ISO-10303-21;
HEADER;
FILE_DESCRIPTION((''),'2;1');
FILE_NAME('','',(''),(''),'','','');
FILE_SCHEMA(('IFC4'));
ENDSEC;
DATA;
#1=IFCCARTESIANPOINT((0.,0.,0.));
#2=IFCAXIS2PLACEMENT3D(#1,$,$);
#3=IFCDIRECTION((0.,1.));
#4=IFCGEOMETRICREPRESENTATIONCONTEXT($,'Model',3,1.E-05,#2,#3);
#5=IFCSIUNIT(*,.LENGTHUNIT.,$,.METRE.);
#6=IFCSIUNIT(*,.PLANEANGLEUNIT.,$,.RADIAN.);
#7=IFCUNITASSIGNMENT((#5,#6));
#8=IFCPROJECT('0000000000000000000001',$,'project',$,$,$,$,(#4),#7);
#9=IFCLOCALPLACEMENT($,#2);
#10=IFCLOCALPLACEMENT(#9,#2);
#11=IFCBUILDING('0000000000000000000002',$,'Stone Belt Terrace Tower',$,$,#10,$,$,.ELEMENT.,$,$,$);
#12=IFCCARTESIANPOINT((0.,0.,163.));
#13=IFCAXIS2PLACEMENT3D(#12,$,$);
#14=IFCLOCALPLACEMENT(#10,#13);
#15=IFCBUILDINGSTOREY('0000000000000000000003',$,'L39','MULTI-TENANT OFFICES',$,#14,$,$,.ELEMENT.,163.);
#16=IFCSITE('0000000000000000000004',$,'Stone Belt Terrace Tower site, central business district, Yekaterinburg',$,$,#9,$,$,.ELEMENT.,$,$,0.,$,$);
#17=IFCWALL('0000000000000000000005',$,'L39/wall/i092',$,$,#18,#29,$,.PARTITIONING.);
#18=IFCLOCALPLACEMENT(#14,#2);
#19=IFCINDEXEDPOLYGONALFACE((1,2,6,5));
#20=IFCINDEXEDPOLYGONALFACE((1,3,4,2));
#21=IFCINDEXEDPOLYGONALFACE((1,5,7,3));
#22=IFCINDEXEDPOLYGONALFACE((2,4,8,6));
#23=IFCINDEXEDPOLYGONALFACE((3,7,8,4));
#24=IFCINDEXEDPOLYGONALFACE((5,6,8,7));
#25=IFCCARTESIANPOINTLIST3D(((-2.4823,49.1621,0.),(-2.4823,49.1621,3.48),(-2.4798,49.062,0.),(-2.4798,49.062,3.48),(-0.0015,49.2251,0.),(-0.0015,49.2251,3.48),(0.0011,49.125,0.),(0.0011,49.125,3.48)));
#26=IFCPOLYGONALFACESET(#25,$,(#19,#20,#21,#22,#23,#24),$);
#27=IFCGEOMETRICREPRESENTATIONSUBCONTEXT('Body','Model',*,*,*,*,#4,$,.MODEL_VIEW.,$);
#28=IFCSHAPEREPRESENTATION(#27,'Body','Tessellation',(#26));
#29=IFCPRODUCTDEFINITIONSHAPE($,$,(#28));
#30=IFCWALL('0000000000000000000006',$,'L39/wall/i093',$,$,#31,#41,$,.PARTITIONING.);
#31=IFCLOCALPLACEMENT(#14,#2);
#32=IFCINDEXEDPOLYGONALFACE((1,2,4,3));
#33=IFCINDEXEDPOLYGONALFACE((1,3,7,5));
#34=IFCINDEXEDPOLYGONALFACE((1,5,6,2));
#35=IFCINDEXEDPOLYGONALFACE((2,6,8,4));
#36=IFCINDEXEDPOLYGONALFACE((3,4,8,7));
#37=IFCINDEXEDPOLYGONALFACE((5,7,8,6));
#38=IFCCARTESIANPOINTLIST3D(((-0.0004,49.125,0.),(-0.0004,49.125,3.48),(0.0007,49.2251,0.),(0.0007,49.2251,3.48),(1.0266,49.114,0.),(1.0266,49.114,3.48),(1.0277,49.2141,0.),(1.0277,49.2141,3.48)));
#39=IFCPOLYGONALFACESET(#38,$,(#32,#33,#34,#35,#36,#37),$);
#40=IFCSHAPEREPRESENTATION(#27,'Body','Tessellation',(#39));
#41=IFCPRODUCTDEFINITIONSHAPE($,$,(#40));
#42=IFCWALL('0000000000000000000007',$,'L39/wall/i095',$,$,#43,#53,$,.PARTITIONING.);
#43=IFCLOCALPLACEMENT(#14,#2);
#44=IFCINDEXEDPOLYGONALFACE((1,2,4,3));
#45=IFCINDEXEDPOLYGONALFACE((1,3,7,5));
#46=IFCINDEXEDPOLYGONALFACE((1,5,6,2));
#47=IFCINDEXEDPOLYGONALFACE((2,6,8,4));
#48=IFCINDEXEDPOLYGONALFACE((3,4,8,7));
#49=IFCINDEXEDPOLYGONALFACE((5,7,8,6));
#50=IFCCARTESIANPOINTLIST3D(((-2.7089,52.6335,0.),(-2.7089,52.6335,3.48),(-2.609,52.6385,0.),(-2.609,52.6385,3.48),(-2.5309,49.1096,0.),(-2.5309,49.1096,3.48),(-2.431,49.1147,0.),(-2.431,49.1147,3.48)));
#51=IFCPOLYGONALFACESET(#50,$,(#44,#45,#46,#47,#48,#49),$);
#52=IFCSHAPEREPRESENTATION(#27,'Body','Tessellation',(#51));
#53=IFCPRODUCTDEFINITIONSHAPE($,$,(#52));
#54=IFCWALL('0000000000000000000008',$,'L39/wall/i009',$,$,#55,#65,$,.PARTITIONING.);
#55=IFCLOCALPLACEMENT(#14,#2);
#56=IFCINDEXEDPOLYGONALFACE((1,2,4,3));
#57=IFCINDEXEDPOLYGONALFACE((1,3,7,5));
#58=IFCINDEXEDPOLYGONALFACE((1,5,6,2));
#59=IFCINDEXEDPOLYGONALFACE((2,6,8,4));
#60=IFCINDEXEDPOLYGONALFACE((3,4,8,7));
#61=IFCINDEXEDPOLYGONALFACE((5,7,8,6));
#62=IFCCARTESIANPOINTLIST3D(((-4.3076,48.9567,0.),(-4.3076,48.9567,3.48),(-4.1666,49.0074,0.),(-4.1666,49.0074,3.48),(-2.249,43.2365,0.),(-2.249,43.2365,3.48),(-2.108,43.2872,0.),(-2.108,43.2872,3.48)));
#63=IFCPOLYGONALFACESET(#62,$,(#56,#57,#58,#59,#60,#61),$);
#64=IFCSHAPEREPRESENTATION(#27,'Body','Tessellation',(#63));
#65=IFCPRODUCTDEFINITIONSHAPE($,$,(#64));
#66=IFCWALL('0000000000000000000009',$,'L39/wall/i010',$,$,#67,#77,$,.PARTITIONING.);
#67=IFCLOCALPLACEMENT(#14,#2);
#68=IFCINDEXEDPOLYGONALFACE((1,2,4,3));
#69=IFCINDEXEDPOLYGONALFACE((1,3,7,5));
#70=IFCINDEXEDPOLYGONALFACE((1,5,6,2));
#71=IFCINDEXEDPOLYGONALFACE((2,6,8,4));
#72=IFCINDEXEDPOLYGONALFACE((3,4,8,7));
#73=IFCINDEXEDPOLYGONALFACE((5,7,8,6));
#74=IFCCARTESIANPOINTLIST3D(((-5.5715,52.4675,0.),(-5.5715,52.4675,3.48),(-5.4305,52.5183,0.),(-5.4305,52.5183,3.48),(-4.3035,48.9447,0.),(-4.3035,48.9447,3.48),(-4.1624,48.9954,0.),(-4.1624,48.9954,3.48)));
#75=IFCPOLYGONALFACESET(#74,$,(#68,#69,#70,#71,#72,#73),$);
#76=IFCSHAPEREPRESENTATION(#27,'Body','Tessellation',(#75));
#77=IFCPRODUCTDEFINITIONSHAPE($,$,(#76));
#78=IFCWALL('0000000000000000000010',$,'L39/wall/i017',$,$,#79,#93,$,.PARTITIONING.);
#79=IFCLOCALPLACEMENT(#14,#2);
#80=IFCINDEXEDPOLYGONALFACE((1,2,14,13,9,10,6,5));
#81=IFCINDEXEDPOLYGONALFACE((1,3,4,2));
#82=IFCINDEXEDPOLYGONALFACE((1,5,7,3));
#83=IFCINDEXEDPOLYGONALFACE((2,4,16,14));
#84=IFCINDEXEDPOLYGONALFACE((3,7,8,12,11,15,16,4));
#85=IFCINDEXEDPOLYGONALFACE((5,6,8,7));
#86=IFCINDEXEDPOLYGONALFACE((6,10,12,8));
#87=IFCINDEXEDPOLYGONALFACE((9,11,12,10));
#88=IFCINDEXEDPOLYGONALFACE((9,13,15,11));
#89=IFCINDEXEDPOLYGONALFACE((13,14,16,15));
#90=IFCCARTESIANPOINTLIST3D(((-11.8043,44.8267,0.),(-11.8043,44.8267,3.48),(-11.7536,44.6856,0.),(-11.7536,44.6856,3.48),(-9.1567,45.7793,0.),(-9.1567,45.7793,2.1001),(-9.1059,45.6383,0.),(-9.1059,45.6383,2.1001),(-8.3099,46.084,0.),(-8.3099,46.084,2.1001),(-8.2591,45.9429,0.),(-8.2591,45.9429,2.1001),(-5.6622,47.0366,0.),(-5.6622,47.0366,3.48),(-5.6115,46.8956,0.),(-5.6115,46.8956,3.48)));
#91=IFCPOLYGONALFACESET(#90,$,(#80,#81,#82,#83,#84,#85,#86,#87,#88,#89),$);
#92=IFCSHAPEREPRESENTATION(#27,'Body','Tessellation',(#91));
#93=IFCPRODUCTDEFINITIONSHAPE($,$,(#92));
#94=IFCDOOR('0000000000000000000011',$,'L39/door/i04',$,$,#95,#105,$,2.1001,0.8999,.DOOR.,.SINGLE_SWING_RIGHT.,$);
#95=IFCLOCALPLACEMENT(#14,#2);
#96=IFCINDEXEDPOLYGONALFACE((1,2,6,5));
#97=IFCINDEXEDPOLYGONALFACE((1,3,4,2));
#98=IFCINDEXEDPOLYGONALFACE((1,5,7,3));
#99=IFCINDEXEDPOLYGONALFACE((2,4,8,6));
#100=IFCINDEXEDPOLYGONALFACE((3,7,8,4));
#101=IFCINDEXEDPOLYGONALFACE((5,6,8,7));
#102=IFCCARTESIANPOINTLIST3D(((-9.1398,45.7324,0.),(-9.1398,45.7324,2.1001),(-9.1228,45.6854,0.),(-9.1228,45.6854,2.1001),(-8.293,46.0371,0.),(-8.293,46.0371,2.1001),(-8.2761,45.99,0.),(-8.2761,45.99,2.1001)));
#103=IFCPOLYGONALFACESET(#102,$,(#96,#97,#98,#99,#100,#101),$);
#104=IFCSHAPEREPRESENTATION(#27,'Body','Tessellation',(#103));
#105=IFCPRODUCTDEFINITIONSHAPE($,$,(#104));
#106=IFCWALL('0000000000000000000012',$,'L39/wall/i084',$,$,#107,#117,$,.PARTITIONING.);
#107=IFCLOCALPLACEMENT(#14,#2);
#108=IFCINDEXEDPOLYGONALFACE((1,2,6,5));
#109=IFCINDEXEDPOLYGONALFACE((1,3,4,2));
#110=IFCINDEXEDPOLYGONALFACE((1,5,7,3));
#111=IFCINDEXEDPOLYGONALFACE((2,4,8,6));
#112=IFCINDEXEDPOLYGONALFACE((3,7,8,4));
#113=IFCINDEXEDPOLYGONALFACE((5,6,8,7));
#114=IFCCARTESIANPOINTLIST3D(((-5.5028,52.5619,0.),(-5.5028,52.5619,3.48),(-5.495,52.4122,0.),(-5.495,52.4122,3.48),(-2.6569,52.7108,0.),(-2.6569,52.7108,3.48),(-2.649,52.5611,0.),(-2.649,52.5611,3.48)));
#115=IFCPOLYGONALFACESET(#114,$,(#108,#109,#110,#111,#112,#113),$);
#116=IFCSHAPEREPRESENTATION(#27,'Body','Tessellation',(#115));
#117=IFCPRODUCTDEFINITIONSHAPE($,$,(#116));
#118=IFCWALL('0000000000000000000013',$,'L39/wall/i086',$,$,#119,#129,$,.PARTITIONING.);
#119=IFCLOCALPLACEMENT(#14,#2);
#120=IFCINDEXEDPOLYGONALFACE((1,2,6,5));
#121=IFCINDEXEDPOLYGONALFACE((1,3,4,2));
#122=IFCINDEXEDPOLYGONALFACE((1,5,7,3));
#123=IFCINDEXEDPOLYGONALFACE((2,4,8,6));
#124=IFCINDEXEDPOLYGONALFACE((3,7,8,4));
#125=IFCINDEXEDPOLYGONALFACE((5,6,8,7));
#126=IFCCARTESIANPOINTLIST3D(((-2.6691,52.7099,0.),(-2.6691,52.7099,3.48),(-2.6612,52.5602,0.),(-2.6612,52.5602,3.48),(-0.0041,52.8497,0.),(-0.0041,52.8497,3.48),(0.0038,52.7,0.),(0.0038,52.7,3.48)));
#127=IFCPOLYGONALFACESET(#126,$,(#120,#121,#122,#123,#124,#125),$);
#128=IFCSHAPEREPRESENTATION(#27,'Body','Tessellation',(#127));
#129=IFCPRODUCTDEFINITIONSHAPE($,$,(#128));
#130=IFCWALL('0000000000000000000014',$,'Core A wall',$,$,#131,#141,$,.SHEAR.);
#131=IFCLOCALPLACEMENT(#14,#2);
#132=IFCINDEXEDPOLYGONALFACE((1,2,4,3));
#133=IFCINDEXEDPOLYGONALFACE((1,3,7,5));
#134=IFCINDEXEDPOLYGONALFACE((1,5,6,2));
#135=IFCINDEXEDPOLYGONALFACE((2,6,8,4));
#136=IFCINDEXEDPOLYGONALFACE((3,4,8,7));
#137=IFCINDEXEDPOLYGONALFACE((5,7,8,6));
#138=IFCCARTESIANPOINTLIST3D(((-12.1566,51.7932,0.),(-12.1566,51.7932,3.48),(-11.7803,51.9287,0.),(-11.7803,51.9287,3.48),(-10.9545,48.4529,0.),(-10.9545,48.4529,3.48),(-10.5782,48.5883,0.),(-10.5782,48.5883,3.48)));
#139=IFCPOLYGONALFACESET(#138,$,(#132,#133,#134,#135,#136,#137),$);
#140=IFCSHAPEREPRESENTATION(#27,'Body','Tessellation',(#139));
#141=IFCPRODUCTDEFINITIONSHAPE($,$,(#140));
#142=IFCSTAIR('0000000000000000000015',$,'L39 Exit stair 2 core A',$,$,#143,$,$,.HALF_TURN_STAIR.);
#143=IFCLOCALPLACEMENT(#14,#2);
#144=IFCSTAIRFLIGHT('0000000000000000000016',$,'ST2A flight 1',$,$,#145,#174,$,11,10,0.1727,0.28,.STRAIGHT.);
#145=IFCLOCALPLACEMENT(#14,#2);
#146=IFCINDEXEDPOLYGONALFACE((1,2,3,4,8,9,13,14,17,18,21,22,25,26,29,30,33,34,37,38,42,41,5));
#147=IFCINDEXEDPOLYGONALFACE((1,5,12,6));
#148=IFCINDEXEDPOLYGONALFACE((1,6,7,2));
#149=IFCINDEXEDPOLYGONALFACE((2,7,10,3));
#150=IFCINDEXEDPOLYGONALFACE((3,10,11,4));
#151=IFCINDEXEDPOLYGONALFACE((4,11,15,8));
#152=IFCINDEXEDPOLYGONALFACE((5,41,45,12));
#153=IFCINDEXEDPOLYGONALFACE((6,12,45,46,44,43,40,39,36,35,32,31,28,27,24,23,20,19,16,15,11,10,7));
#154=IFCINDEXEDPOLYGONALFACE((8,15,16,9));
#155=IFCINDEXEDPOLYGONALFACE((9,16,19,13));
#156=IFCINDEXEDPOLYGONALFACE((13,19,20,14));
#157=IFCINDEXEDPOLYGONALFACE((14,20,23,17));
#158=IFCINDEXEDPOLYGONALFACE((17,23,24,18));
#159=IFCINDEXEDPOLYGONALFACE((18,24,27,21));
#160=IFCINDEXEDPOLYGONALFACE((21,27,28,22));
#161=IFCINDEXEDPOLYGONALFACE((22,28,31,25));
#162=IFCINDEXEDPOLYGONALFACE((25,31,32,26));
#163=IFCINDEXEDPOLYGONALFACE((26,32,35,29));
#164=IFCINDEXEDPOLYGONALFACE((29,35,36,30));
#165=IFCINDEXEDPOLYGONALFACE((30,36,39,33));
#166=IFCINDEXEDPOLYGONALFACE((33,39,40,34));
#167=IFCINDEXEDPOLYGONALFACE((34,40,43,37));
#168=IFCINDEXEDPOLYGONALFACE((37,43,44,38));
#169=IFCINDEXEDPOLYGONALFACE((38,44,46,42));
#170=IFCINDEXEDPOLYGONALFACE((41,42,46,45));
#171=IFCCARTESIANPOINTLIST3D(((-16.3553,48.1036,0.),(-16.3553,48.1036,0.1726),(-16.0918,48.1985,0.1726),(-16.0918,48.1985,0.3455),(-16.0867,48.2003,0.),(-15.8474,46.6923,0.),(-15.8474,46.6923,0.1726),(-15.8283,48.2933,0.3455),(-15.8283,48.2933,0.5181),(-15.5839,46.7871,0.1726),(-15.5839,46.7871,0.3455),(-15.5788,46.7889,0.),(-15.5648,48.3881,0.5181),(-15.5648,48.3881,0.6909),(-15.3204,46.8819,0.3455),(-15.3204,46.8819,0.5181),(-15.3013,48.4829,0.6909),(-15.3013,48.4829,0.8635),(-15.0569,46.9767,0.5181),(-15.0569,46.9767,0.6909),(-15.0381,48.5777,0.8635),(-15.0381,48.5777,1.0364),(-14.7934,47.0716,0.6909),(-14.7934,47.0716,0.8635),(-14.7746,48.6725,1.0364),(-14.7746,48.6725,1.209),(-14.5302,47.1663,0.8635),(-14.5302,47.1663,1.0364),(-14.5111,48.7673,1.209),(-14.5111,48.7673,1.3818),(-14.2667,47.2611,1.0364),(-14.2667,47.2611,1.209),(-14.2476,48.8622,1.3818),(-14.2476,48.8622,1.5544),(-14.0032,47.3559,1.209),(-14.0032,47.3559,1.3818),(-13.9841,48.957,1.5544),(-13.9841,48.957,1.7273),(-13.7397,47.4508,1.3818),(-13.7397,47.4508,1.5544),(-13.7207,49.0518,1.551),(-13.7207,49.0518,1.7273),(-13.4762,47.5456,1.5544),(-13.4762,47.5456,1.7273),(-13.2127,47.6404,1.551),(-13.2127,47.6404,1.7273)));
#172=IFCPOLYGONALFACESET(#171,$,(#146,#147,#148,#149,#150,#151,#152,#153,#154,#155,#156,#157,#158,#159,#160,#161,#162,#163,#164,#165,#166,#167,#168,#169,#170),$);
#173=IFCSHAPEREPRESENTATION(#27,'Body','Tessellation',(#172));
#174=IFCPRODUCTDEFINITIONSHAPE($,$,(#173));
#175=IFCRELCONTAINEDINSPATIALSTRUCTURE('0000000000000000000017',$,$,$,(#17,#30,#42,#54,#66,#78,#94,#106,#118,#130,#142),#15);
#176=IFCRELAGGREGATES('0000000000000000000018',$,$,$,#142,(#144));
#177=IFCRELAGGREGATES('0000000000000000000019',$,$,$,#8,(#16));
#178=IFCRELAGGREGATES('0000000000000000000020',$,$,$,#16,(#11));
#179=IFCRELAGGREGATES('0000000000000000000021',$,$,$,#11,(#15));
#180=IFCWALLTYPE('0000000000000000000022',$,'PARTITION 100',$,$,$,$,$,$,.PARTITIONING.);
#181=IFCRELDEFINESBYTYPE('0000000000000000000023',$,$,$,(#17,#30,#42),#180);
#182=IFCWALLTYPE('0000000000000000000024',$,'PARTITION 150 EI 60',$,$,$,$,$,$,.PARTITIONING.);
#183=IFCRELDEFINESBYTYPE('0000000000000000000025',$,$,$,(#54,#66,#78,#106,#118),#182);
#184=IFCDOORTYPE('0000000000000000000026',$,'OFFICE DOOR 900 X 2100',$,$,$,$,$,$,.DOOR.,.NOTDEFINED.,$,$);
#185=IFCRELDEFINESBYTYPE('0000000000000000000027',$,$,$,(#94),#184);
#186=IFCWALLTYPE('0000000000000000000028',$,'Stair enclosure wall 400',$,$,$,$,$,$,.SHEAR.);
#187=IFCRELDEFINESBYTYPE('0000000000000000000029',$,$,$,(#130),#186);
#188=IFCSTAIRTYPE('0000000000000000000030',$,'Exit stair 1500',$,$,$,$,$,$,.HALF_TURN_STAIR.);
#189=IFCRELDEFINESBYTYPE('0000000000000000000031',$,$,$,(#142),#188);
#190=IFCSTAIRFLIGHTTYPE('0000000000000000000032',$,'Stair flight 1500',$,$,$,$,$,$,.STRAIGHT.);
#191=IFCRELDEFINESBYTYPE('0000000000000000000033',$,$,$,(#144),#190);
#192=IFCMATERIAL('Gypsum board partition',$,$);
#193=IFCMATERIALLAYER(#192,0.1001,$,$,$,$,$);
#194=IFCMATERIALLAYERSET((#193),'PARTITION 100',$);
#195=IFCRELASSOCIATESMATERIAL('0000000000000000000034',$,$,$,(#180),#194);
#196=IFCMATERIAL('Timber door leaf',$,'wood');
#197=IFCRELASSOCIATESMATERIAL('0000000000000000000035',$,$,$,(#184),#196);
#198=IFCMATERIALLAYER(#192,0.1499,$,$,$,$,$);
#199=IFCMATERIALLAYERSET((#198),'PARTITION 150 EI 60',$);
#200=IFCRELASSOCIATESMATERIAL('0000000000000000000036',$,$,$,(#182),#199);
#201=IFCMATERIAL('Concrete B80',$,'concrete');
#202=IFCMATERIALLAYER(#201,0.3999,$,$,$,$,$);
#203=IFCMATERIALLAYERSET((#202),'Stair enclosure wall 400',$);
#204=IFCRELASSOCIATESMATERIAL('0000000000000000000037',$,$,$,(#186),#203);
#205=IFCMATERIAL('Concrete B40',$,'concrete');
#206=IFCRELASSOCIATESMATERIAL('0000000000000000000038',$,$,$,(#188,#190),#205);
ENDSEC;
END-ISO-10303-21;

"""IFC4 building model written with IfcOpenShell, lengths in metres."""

from ifc_helpers import new_model, si_unit, direction, frame, frame_2d, origin, place, context, subcontext, project, spatial, polyline, rectangle, outline, extrude, material, layer, layer_set, type_object, element, fill, aggregate, save


model = new_model("IFC4")

# Units and contexts
model_context = context("Model", 3, precision=1e-05, world=origin(), true_north=direction((0.0, 1.0)))
body_context = subcontext(model_context, "Body", "Model", "MODEL_VIEW")
ifc_project = project(units=[si_unit("LENGTHUNIT", "METRE"), si_unit("PLANEANGLEUNIT", "RADIAN")], contexts=[model_context])

# Site, building, storey
site_placement = place(None, origin())
site = spatial("IfcSite", under=ifc_project, at=site_placement, Name="Stone Belt Terrace Tower site, central business district, Yekaterinburg", CompositionType="ELEMENT", RefElevation=0.0)
building_placement = place(site_placement, origin())
building = spatial("IfcBuilding", under=site, at=building_placement, Name="Stone Belt Terrace Tower", CompositionType="ELEMENT")
storey_placement = place(building_placement, frame((0.0, 0.0, 163.0)))
storey = spatial("IfcBuildingStorey", under=building, at=storey_placement, Name="L39", Description="MULTI-TENANT OFFICES", CompositionType="ELEMENT", Elevation=163.0)

# Shared definitions
ifc_material_1 = material(Name="Concrete B80", Category="concrete")
ifc_material_2 = material(Name="Timber door leaf", Category="wood")

# Shared definitions
ifc_material_3 = material(Name="Gypsum board partition")
ifc_layer_1 = layer(ifc_material_3, 0.1001)
ifc_layer_set_1 = layer_set([ifc_layer_1], Name="PARTITION 100")
wall_type_1 = type_object("IfcWallType", Name="PARTITION 100", PredefinedType="PARTITIONING", material=ifc_layer_set_1)
door_type_1 = type_object("IfcDoorType", Name="OFFICE DOOR 900 X 2100", OperationType="NOTDEFINED", PredefinedType="DOOR", material=ifc_material_2)

# Walls
wall_1_placement = place(storey_placement, frame((-2.481, 49.1121, 0.0), z_axis=(0.0, 0.0, 1.0), x_axis=(0.999678, 0.025381, 0.0)))
element("IfcWall", 1, at=wall_1_placement, inside=storey, type_object=wall_type_1, Name="L39/wall/i092", PredefinedType="PARTITIONING", context=body_context, shape_type="SweptSolid", body=[
    extrude(rectangle(XDim=2.4817, YDim=0.1001, at=frame_2d((1.2407, 0.0))), origin(), (0.0, 0.0, 1.0), 3.48),
])
wall_2_placement = place(storey_placement, frame((0.0, 49.175, 0.0), z_axis=(0.0, 0.0, 1.0), x_axis=(0.999943, -0.010696, 0.0)))
element("IfcWall", 2, at=wall_2_placement, inside=storey, type_object=wall_type_1, Name="L39/wall/i093", PredefinedType="PARTITIONING", context=body_context, shape_type="SweptSolid", body=[
    extrude(rectangle(XDim=1.0271, YDim=0.1001, at=frame_2d((0.5137, 0.0))), origin(), (0.0, 0.0, 1.0), 3.48),
])
wall_3_placement = place(storey_placement, frame((-2.6589, 52.636, 0.0), z_axis=(0.0, 0.0, 1.0), x_axis=(0.050441, -0.998727, 0.0)))
element("IfcWall", 3, at=wall_3_placement, inside=storey, type_object=wall_type_1, Name="L39/wall/i095", PredefinedType="PARTITIONING", context=body_context, shape_type="SweptSolid", body=[
    extrude(rectangle(XDim=3.5283, YDim=0.1001, at=frame_2d((1.7642, 0.0))), origin(), (0.0, 0.0, 1.0), 3.48),
])
ifc_layer_2 = layer(ifc_material_3, 0.1499)
ifc_layer_set_2 = layer_set([ifc_layer_2], Name="PARTITION 150 EI 60")
wall_type_2 = type_object("IfcWallType", Name="PARTITION 150 EI 60", PredefinedType="PARTITIONING", material=ifc_layer_set_2)
wall_4_placement = place(storey_placement, frame((-4.2371, 48.9819, 0.0), z_axis=(0.0, 0.0, 1.0), x_axis=(0.33862, -0.940923, 0.0)))
element("IfcWall", 4, at=wall_4_placement, inside=storey, type_object=wall_type_2, Name="L39/wall/i009", PredefinedType="PARTITIONING", context=body_context, shape_type="SweptSolid", body=[
    extrude(rectangle(XDim=6.0793, YDim=0.1499, at=frame_2d((3.0396, 0.0))), origin(), (0.0, 0.0, 1.0), 3.48),
])
wall_5_placement = place(storey_placement, frame((-5.501, 52.4929, 0.0), z_axis=(0.0, 0.0, 1.0), x_axis=(0.338673, -0.940904, 0.0)))
element("IfcWall", 5, at=wall_5_placement, inside=storey, type_object=wall_type_2, Name="L39/wall/i010", PredefinedType="PARTITIONING", context=body_context, shape_type="SweptSolid", body=[
    extrude(rectangle(XDim=3.7441, YDim=0.1499, at=frame_2d((1.8721, 0.0))), origin(), (0.0, 0.0, 1.0), 3.48),
])

# Wall, opening, door
wall_6_placement = place(storey_placement, frame((-5.637, 46.9661, 0.0), z_axis=(0.0, 0.0, 1.0), x_axis=(-0.940946, -0.338558, 0.0)))
wall_6 = element("IfcWall", 6, at=wall_6_placement, inside=storey, type_object=wall_type_2, Name="L39/wall/i017", PredefinedType="PARTITIONING", context=body_context, shape_type="SweptSolid", body=[
    extrude(rectangle(XDim=6.5276, YDim=0.1499, at=frame_2d((3.2637, 0.0))), origin(), (0.0, 0.0, 1.0), 3.48),
])
opening_1_placement = place(wall_6_placement, frame((2.8137, 0.0, 0.0)))
opening_1 = element("IfcOpeningElement", 7, at=opening_1_placement, cuts=wall_6, PredefinedType="OPENING", context=body_context, shape_type="SweptSolid", body=[
    extrude(rectangle(XDim=0.8999, YDim=2.1001, at=frame_2d((0.45, 1.05))), frame((0.0, 0.085, 0.0), z_axis=(0.0, -1.0, 0.0), x_axis=(1.0, 0.0, 0.0)), (0.0, 0.0, 1.0), 0.1699),
])
door_1_placement = place(opening_1_placement, origin())
door_1 = element("IfcDoor", 8, at=door_1_placement, inside=storey, type_object=door_type_1, Name="L39/door/i04", OperationType="SINGLE_SWING_RIGHT", OverallHeight=2.1001, OverallWidth=0.8999, PredefinedType="DOOR", context=body_context, shape_type="SweptSolid", body=[
    extrude(rectangle(XDim=0.8999, YDim=2.1001, at=frame_2d((0.45, 1.05))), frame((0.0, 0.0249, 0.0), z_axis=(0.0, -1.0, 0.0), x_axis=(1.0, 0.0, 0.0)), (0.0, 0.0, 1.0), 0.05),
])
fill(opening_1, door_1)

# Walls
wall_7_placement = place(storey_placement, frame((-2.6531, 52.636, 0.0), z_axis=(0.0, 0.0, 1.0), x_axis=(-0.998634, -0.052258, 0.0)))
element("IfcWall", 9, at=wall_7_placement, inside=storey, type_object=wall_type_2, Name="L39/wall/i084", PredefinedType="PARTITIONING", context=body_context, shape_type="SweptSolid", body=[
    extrude(rectangle(XDim=2.8499, YDim=0.1499, at=frame_2d((1.4248, 0.0))), origin(), (0.0, 0.0, 1.0), 3.48),
])
wall_8_placement = place(storey_placement, frame((0.0, 52.7749, 0.0), z_axis=(0.0, 0.0, 1.0), x_axis=(-0.998625, -0.05242, 0.0)))
element("IfcWall", 10, at=wall_8_placement, inside=storey, type_object=wall_type_2, Name="L39/wall/i086", PredefinedType="PARTITIONING", context=body_context, shape_type="SweptSolid", body=[
    extrude(rectangle(XDim=2.6687, YDim=0.1499, at=frame_2d((1.3345, 0.0))), origin(), (0.0, 0.0, 1.0), 3.48),
])
ifc_layer_3 = layer(ifc_material_1, 0.3999)
ifc_layer_set_3 = layer_set([ifc_layer_3], Name="Stair enclosure wall 400")
wall_type_3 = type_object("IfcWallType", Name="Stair enclosure wall 400", PredefinedType="SHEAR", material=ifc_layer_set_3)
wall_9_placement = place(storey_placement, frame((-10.7664, 48.5208, 0.0), z_axis=(0.0, 0.0, 1.0), x_axis=(-0.338627, 0.940921, 0.0)))
element("IfcWall", 11, at=wall_9_placement, inside=storey, type_object=wall_type_3, Name="Core A wall", PredefinedType="SHEAR", context=body_context, shape_type="SweptSolid", body=[
    extrude(rectangle(XDim=3.55, YDim=0.3999, at=frame_2d((1.7749, 0.0))), origin(), (0.0, 0.0, 1.0), 3.48),
])

# Stair, stair flight
ifc_material_4 = material(Name="Concrete B40", Category="concrete")
stair_type = type_object("IfcStairType", Name="Exit stair 1500", PredefinedType="HALF_TURN_STAIR", material=ifc_material_4)
stair_placement = place(storey_placement, origin())
stair = element("IfcStair", 12, at=stair_placement, inside=storey, type_object=stair_type, Name="L39 Exit stair 2 core A", PredefinedType="HALF_TURN_STAIR")
stair_flight_type = type_object("IfcStairFlightType", Name="Stair flight 1500", PredefinedType="STRAIGHT", material=ifc_material_4)
stair_flight_1_placement = place(storey_placement, frame((-16.1013, 47.3979, 0.0), z_axis=(0.0, 0.0, 1.0), x_axis=(0.940922, 0.338624, 0.0)))
stair_flight_1 = element("IfcStairFlight", 13, at=stair_flight_1_placement, type_object=stair_flight_type, Name="ST2A flight 1", NumberOfRisers=11, NumberOfTreads=10, PredefinedType="STRAIGHT", RiserHeight=0.1727, TreadLength=0.28, context=body_context, shape_type="SweptSolid", body=[
    extrude(outline(polyline([(0.0, 0.0), (0.0, 0.1726), (0.28, 0.1726), (0.28, 0.3455), (0.5601, 0.3455), (0.5601, 0.5181), (0.8401, 0.5181), (0.8401, 0.6909), (1.1201, 0.6909), (1.1201, 0.8635), (1.3999, 0.8635), (1.3999, 1.0364), (1.6799, 1.0364), (1.6799, 1.209), (1.96, 1.209), (1.96, 1.3818), (2.24, 1.3818), (2.24, 1.5544), (2.52, 1.5544), (2.52, 1.7273), (2.8, 1.7273), (2.8, 1.8999), (2.8, 1.551), (0.2854, 0.0), (0.0, 0.0)])), frame((0.0, 0.75, 0.0), z_axis=(0.0, -1.0, 0.0), x_axis=(1.0, 0.0, 0.0)), (0.0, 0.0, 1.0), 1.5),
])
aggregate(stair, [stair_flight_1])

save(model, "model.ifc")
